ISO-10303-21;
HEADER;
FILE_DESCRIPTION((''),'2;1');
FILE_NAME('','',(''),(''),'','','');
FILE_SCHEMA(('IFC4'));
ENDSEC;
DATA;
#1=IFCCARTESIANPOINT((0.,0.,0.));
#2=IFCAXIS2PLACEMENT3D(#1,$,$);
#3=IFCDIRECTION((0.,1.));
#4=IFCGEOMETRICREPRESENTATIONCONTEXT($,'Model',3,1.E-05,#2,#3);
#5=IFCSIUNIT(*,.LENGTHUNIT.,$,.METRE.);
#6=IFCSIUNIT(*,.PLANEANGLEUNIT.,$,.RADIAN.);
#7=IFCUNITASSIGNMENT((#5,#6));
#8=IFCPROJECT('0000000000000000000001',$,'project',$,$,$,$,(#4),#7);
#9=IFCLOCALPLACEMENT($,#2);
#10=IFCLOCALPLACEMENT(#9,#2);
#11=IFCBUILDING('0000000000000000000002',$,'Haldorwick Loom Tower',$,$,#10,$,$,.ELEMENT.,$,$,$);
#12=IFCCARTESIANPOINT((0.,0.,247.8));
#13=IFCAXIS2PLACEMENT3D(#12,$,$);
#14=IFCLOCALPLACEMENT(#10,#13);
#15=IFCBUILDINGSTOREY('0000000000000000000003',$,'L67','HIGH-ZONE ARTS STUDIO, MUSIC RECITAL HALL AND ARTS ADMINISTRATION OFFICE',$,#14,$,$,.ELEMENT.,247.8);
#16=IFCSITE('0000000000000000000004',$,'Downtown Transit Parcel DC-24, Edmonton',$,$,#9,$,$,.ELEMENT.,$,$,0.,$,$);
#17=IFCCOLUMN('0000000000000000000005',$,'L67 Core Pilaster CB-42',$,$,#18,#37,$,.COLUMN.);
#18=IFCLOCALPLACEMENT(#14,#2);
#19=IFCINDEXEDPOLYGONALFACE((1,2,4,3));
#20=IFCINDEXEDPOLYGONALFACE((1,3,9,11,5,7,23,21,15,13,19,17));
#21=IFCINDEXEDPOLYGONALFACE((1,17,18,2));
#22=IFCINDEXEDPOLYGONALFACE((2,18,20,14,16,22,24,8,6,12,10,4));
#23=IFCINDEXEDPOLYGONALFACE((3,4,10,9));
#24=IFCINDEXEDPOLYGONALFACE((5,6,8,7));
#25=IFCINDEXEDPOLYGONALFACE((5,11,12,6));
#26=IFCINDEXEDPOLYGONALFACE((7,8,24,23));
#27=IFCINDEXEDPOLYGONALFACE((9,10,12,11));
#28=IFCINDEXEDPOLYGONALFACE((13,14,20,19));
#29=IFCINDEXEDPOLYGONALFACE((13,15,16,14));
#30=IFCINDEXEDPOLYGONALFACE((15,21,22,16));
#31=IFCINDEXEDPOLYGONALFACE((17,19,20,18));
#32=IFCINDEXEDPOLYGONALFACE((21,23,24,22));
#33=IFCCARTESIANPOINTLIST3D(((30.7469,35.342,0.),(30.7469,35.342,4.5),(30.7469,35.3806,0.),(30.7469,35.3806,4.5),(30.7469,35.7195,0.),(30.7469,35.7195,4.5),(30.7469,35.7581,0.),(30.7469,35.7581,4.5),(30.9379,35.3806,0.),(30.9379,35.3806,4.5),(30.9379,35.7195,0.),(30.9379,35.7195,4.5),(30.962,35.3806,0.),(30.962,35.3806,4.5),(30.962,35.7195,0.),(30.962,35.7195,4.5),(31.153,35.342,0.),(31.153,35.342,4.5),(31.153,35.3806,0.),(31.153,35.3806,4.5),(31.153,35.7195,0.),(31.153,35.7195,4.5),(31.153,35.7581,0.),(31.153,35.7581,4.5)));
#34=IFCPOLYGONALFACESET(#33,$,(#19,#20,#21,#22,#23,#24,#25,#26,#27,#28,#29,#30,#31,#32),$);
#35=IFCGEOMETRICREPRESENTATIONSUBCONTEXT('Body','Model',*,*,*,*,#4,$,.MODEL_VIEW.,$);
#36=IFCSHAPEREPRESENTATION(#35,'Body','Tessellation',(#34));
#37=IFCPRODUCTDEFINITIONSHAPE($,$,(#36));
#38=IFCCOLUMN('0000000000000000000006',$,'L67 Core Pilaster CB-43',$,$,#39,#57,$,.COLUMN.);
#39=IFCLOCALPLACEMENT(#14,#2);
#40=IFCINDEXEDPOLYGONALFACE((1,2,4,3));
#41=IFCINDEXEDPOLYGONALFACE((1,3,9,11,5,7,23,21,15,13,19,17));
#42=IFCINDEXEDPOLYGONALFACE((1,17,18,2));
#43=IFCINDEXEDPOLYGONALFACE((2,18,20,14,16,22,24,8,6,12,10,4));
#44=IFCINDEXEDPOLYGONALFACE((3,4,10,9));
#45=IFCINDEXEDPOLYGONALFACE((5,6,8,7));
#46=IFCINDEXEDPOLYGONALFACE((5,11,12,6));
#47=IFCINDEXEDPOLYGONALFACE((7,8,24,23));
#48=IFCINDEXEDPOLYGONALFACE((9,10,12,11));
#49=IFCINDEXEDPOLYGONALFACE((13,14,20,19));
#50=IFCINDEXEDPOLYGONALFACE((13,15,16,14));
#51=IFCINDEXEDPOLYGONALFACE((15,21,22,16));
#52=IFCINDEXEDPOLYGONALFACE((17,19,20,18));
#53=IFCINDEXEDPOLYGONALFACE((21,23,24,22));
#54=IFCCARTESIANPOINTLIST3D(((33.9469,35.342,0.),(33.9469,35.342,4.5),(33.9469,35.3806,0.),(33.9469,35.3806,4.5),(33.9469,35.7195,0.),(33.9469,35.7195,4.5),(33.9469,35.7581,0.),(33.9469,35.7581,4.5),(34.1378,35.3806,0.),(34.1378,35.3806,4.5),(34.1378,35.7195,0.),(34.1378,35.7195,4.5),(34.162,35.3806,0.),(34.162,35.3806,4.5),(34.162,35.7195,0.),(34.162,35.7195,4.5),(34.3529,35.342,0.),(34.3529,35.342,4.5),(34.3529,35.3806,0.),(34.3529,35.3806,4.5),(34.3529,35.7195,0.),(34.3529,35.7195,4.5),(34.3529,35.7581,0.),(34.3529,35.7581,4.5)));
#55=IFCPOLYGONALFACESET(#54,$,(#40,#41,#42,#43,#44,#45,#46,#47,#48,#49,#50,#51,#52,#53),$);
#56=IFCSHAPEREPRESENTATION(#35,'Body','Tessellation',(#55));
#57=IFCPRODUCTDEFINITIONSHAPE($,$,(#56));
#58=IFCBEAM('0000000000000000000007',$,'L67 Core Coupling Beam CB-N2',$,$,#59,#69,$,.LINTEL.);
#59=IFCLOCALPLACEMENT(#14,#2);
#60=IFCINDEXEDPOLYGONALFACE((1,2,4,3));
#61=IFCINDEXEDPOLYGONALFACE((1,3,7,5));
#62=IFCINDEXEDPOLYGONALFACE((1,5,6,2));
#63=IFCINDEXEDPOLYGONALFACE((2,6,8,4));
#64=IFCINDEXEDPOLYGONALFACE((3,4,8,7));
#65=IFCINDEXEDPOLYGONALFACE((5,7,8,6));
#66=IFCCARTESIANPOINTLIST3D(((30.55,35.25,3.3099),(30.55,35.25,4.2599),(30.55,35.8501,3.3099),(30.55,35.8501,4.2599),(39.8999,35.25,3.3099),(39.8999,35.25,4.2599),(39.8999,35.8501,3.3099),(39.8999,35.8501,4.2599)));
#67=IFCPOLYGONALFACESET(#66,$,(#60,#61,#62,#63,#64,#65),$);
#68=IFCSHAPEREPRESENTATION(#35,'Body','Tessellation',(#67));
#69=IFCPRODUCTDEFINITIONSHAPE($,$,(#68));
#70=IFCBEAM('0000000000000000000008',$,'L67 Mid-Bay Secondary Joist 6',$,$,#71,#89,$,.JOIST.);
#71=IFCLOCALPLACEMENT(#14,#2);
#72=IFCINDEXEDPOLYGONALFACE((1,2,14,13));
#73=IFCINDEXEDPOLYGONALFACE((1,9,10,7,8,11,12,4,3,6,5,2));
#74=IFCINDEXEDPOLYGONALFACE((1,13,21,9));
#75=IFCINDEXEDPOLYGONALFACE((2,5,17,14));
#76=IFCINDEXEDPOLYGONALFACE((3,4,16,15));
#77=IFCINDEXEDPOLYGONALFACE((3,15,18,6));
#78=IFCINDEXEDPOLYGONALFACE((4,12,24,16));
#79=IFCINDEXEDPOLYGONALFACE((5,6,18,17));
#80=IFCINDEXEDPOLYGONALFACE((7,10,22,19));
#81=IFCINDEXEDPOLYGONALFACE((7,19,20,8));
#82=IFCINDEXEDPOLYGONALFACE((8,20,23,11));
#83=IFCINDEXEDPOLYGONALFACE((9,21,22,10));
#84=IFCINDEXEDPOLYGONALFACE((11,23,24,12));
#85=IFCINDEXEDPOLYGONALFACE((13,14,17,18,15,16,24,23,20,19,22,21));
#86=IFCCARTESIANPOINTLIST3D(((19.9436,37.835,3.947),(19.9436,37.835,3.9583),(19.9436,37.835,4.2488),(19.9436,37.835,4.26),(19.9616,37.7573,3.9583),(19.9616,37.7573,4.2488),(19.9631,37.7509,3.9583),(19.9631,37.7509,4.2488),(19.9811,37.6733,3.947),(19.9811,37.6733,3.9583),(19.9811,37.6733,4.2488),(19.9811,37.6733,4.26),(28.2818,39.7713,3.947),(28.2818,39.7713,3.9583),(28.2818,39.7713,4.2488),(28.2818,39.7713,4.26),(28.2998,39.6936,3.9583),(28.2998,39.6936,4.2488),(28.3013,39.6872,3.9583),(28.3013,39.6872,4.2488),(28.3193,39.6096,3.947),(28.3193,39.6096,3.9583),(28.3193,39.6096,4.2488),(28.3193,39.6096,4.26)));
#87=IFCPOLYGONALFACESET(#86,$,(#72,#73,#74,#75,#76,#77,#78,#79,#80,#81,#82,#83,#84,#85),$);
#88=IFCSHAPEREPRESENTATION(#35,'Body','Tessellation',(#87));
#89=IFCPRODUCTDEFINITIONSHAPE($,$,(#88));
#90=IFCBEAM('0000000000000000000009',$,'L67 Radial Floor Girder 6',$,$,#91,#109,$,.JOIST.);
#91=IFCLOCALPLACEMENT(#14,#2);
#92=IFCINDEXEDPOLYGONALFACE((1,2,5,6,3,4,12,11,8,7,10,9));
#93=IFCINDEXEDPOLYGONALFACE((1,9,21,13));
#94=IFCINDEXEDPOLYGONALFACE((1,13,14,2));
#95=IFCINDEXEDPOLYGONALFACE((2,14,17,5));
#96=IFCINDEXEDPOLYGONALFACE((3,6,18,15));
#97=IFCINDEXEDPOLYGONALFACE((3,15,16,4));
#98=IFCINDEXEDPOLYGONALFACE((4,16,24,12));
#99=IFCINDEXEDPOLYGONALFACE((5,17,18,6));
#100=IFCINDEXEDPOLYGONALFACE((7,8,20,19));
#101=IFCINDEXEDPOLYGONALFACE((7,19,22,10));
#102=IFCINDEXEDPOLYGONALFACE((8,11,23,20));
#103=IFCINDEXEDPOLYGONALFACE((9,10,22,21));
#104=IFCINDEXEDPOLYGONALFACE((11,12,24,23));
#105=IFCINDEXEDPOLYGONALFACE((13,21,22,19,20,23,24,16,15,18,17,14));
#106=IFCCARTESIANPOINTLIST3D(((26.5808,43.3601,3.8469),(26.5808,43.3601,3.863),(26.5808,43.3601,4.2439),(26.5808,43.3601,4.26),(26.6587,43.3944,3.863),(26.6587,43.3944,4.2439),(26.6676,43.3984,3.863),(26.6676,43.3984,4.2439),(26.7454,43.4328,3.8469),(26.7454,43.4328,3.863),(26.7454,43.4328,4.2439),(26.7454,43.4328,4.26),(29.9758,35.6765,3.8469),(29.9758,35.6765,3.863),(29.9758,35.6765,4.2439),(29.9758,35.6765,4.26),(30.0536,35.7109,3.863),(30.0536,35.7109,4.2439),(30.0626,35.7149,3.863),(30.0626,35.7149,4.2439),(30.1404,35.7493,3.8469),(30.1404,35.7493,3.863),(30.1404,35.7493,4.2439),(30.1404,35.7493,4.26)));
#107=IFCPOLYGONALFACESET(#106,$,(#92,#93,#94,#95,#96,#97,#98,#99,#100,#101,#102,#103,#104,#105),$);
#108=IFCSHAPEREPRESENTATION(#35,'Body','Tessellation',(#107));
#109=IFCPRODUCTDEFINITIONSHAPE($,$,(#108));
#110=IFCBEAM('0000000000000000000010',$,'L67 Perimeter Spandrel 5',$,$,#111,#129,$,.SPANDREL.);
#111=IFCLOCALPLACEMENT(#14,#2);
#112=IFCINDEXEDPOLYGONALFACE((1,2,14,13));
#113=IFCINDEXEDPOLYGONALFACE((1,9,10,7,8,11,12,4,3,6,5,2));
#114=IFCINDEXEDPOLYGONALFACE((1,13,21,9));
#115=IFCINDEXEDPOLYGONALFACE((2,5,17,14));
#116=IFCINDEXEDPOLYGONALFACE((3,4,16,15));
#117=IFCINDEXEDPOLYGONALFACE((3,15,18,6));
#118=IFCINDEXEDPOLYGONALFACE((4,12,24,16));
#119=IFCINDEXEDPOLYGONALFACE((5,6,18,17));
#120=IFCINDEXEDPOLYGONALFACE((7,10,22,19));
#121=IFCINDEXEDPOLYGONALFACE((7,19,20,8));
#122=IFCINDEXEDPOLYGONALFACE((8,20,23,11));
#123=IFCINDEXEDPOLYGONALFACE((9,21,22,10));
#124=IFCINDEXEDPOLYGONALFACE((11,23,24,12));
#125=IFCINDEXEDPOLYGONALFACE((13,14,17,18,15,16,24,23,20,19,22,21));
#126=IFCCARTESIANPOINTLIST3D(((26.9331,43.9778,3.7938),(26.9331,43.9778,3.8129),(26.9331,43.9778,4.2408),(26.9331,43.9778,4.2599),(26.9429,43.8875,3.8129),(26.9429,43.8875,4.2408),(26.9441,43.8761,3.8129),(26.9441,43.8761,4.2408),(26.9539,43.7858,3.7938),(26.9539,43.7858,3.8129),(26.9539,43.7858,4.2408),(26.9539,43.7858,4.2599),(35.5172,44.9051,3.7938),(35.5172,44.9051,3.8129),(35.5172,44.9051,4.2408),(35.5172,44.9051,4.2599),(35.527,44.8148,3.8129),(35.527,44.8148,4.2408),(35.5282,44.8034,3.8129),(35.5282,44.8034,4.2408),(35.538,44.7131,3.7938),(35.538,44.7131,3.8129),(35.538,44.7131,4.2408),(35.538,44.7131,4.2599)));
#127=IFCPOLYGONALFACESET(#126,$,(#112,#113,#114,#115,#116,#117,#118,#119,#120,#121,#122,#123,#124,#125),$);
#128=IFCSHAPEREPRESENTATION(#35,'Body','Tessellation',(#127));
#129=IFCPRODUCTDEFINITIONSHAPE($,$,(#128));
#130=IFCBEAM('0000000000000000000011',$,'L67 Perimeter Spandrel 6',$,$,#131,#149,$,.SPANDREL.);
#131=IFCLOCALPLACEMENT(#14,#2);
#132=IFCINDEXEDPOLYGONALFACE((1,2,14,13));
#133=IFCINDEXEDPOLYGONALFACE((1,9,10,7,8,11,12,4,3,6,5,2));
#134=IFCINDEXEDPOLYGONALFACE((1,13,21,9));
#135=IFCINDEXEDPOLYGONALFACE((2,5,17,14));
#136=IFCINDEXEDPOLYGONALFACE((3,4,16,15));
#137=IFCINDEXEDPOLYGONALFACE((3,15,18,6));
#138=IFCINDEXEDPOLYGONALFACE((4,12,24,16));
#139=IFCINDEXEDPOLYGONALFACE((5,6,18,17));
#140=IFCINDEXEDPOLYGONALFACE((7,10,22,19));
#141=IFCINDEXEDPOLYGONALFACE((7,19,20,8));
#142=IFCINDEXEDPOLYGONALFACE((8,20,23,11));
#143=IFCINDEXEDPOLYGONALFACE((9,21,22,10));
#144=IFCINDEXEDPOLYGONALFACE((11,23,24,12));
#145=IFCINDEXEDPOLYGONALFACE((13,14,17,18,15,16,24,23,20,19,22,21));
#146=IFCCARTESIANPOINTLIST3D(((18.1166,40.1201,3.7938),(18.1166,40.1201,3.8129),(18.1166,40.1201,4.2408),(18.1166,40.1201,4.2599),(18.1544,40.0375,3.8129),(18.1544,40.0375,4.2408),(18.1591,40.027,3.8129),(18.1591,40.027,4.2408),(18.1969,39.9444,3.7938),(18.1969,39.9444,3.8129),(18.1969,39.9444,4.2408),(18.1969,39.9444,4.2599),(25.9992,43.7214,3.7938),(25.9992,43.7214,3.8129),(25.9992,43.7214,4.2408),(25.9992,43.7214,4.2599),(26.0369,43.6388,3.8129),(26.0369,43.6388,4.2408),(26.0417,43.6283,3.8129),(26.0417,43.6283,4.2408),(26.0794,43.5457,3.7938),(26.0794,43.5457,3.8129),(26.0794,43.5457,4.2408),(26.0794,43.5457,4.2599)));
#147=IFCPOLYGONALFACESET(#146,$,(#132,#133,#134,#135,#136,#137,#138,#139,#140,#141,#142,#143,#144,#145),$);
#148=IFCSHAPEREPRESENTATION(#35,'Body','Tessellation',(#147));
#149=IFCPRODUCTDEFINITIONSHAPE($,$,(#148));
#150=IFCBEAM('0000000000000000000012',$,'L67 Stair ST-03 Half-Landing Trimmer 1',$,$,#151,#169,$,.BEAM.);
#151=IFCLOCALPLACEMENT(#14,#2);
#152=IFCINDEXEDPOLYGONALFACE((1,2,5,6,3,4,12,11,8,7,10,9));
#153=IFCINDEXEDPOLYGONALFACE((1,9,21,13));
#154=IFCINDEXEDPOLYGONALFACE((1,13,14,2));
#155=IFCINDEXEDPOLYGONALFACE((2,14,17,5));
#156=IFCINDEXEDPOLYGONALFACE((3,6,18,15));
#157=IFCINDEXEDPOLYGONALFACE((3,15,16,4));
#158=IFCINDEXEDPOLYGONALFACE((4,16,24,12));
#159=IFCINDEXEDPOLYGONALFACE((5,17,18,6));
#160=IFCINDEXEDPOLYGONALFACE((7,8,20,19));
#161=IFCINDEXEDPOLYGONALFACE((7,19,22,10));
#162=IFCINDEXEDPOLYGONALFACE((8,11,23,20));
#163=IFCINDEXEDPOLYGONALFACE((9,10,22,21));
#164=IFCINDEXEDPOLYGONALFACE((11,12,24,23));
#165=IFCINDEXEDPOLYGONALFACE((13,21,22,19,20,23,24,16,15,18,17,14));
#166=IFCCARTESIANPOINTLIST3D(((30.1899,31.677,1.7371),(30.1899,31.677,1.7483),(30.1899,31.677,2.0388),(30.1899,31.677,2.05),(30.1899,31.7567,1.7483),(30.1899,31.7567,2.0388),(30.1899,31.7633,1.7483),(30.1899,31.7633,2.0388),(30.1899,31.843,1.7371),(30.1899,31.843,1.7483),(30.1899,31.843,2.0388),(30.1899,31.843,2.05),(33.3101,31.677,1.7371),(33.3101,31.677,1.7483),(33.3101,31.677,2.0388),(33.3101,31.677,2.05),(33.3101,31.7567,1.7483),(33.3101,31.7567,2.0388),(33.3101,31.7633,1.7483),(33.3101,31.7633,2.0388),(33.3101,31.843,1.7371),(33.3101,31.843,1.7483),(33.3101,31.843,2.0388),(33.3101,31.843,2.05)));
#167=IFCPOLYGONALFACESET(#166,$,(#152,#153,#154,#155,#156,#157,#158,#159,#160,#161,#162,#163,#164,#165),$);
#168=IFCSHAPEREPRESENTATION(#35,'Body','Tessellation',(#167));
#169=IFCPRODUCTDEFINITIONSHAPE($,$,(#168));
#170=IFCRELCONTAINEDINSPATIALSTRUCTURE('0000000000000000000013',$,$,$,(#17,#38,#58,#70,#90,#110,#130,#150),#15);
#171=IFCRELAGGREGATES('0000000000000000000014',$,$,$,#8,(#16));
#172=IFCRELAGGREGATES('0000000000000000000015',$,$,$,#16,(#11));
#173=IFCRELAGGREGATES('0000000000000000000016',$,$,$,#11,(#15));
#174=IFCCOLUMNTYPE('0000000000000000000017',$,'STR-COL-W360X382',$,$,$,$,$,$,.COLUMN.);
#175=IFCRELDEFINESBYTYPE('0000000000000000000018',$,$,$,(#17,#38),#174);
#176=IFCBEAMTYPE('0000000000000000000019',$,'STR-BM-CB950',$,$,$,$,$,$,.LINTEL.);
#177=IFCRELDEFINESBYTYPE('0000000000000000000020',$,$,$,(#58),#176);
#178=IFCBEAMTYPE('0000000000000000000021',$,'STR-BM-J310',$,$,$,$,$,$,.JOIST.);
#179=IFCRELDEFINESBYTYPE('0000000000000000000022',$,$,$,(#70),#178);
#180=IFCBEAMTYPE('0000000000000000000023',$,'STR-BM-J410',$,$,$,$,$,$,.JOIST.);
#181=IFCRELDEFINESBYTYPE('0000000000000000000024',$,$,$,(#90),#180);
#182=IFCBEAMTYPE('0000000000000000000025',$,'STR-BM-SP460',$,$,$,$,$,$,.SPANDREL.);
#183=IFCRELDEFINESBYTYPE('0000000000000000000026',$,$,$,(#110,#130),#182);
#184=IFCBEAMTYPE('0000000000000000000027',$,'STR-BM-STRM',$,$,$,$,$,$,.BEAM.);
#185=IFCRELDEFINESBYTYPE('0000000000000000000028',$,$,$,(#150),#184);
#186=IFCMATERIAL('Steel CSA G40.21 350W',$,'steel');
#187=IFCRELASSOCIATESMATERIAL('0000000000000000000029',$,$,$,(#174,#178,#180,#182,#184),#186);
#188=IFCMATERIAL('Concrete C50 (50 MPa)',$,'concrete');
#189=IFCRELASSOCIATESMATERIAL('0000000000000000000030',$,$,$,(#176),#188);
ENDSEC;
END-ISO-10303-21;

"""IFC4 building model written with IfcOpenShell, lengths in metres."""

from ifc_helpers import new_model, si_unit, direction, frame, origin, origin_2d, place, context, subcontext, project, spatial, rectangle, i_section, extrude, material, material_profile, profile_set, type_object, element, save


model = new_model("IFC4")

# Units and contexts
model_context = context("Model", 3, precision=1e-05, world=origin(), true_north=direction((0.0, 1.0)))
body_context = subcontext(model_context, "Body", "Model", "MODEL_VIEW")
ifc_project = project(units=[si_unit("LENGTHUNIT", "METRE"), si_unit("PLANEANGLEUNIT", "RADIAN")], contexts=[model_context])

# Site, building, storey
site_placement = place(None, origin())
site = spatial("IfcSite", under=ifc_project, at=site_placement, Name="Downtown Transit Parcel DC-24, Edmonton", CompositionType="ELEMENT", RefElevation=0.0)
building_placement = place(site_placement, origin())
building = spatial("IfcBuilding", under=site, at=building_placement, Name="Haldorwick Loom Tower", CompositionType="ELEMENT")
storey_placement = place(building_placement, frame((0.0, 0.0, 247.8)))
storey = spatial("IfcBuildingStorey", under=building, at=storey_placement, Name="L67", Description="HIGH-ZONE ARTS STUDIO, MUSIC RECITAL HALL AND ARTS ADMINISTRATION OFFICE", CompositionType="ELEMENT", Elevation=247.8)

# Columns
ifc_material_1 = material(Name="Steel CSA G40.21 350W", Category="steel")
ifc_material_profile_1 = material_profile(ifc_material_1, i_section(OverallWidth=0.406, OverallDepth=0.416, WebThickness=0.0242, FlangeThickness=0.0386, at=origin_2d()), Name="W360X382", Category="steel")
ifc_profile_set_1 = profile_set([ifc_material_profile_1], Name="Steel CSA G40.21 350W")
column_type_1 = type_object("IfcColumnType", Name="STR-COL-W360X382", PredefinedType="COLUMN", material=ifc_profile_set_1)
for number, where, z_axis, x_axis, name in (
    (1, (30.95, 35.55, 0.0), (0.0, 0.0, 1.0), (1.0, 0.0, 0.0), "L67 Core Pilaster CB-42"),
    (2, (34.1499, 35.55, 0.0), (0.0, 0.0, 1.0), (1.0, 0.0, 0.0), "L67 Core Pilaster CB-43"),
):
    element("IfcColumn", number, at=place(storey_placement, frame(where, z_axis=z_axis, x_axis=x_axis)), inside=storey, type_object=column_type_1, Name=name, PredefinedType="COLUMN", context=body_context, shape_type="SweptSolid", body=[
        extrude(i_section(OverallWidth=0.406, OverallDepth=0.416, WebThickness=0.0242, FlangeThickness=0.0386, at=origin_2d()), origin(), (0.0, 0.0, 1.0), 4.5),
    ])

# Beams
ifc_material_2 = material(Name="Concrete C50 (50 MPa)", Category="concrete")
ifc_material_profile_2 = material_profile(ifc_material_2, rectangle(XDim=0.6001, YDim=0.95, at=origin_2d()), Name="RC600X950", Category="concrete")
ifc_profile_set_2 = profile_set([ifc_material_profile_2], Name="Concrete C50 (50 MPa)")
beam_type_1 = type_object("IfcBeamType", Name="STR-BM-CB950", PredefinedType="LINTEL", material=ifc_profile_set_2)
beam_1_placement = place(storey_placement, frame((30.55, 35.55, 3.7849), z_axis=(1.0, 0.0, 0.0), x_axis=(0.0, 1.0, 0.0)))
element("IfcBeam", 3, at=beam_1_placement, inside=storey, type_object=beam_type_1, Name="L67 Core Coupling Beam CB-N2", PredefinedType="LINTEL", context=body_context, shape_type="SweptSolid", body=[
    extrude(rectangle(XDim=0.6001, YDim=0.95, at=origin_2d()), origin(), (0.0, 0.0, 1.0), 9.3499),
])
ifc_material_profile_3 = material_profile(ifc_material_1, i_section(OverallWidth=0.166, OverallDepth=0.313, WebThickness=0.0066, FlangeThickness=0.0112, at=origin_2d()), Name="W310X45", Category="steel")
ifc_profile_set_3 = profile_set([ifc_material_profile_3], Name="Steel CSA G40.21 350W")
beam_type_2 = type_object("IfcBeamType", Name="STR-BM-J310", PredefinedType="JOIST", material=ifc_profile_set_3)
beam_2_placement = place(storey_placement, frame((28.3005, 39.6904, 4.1035), z_axis=(-0.974081, -0.226201, 0.0), x_axis=(0.226201, -0.974081, 0.0)))
element("IfcBeam", 4, at=beam_2_placement, inside=storey, type_object=beam_type_2, Name="L67 Mid-Bay Secondary Joist 6", PredefinedType="JOIST", context=body_context, shape_type="SweptSolid", body=[
    extrude(i_section(OverallWidth=0.166, OverallDepth=0.313, WebThickness=0.0066, FlangeThickness=0.0112, at=origin_2d()), origin(), (0.0, 0.0, 1.0), 8.5601),
])
ifc_material_profile_4 = material_profile(ifc_material_1, i_section(OverallWidth=0.1799, OverallDepth=0.4131, WebThickness=0.0098, FlangeThickness=0.0161, at=origin_2d()), Name="W410X74", Category="steel")
ifc_profile_set_4 = profile_set([ifc_material_profile_4], Name="Steel CSA G40.21 350W")
beam_type_3 = type_object("IfcBeamType", Name="STR-BM-J410", PredefinedType="JOIST", material=ifc_profile_set_4)
beam_3_placement = place(storey_placement, frame((30.0581, 35.7129, 4.0535), z_axis=(-0.404158, 0.914689, 0.0), x_axis=(-0.914689, -0.404158, 0.0)))
element("IfcBeam", 5, at=beam_3_placement, inside=storey, type_object=beam_type_3, Name="L67 Radial Floor Girder 6", PredefinedType="JOIST", context=body_context, shape_type="SweptSolid", body=[
    extrude(i_section(OverallWidth=0.1799, OverallDepth=0.4131, WebThickness=0.0098, FlangeThickness=0.0161, at=origin_2d()), origin(), (0.0, 0.0, 1.0), 8.4001),
])
ifc_material_profile_5 = material_profile(ifc_material_1, i_section(OverallWidth=0.1931, OverallDepth=0.4661, WebThickness=0.0115, FlangeThickness=0.019, at=origin_2d()), Name="W460X97", Category="steel")
ifc_profile_set_5 = profile_set([ifc_material_profile_5], Name="Steel CSA G40.21 350W")
beam_type_4 = type_object("IfcBeamType", Name="STR-BM-SP460", PredefinedType="SPANDREL", material=ifc_profile_set_5)
beam_4_placement = place(storey_placement, frame((35.5276, 44.8091, 4.0269), z_axis=(-0.994216, -0.107396, 0.0), x_axis=(0.107396, -0.994216, 0.0)))
element("IfcBeam", 6, at=beam_4_placement, inside=storey, type_object=beam_type_4, Name="L67 Perimeter Spandrel 5", PredefinedType="SPANDREL", context=body_context, shape_type="SweptSolid", body=[
    extrude(i_section(OverallWidth=0.1931, OverallDepth=0.4661, WebThickness=0.0115, FlangeThickness=0.019, at=origin_2d()), origin(), (0.0, 0.0, 1.0), 8.634),
])
beam_5_placement = place(storey_placement, frame((26.0393, 43.6335, 4.0269), z_axis=(-0.909568, -0.415555, 0.0), x_axis=(0.415555, -0.909568, 0.0)))
element("IfcBeam", 7, at=beam_5_placement, inside=storey, type_object=beam_type_4, Name="L67 Perimeter Spandrel 6", PredefinedType="SPANDREL", context=body_context, shape_type="SweptSolid", body=[
    extrude(i_section(OverallWidth=0.1931, OverallDepth=0.4661, WebThickness=0.0115, FlangeThickness=0.019, at=origin_2d()), origin(), (0.0, 0.0, 1.0), 8.6663),
])
ifc_material_profile_6 = material_profile(ifc_material_1, i_section(OverallWidth=0.166, OverallDepth=0.313, WebThickness=0.0066, FlangeThickness=0.0112, at=origin_2d()), Name="W310X45", Category="steel")
ifc_profile_set_6 = profile_set([ifc_material_profile_6], Name="Steel CSA G40.21 350W")
beam_type_5 = type_object("IfcBeamType", Name="STR-BM-STRM", PredefinedType="BEAM", material=ifc_profile_set_6)
beam_6_placement = place(storey_placement, frame((30.1899, 31.76, 1.8936), z_axis=(1.0, 0.0, 0.0), x_axis=(0.0, 1.0, 0.0)))
element("IfcBeam", 8, at=beam_6_placement, inside=storey, type_object=beam_type_5, Name="L67 Stair ST-03 Half-Landing Trimmer 1", PredefinedType="BEAM", context=body_context, shape_type="SweptSolid", body=[
    extrude(i_section(OverallWidth=0.166, OverallDepth=0.313, WebThickness=0.0066, FlangeThickness=0.0112, at=origin_2d()), origin(), (0.0, 0.0, 1.0), 3.1201),
])

save(model, "model.ifc")
